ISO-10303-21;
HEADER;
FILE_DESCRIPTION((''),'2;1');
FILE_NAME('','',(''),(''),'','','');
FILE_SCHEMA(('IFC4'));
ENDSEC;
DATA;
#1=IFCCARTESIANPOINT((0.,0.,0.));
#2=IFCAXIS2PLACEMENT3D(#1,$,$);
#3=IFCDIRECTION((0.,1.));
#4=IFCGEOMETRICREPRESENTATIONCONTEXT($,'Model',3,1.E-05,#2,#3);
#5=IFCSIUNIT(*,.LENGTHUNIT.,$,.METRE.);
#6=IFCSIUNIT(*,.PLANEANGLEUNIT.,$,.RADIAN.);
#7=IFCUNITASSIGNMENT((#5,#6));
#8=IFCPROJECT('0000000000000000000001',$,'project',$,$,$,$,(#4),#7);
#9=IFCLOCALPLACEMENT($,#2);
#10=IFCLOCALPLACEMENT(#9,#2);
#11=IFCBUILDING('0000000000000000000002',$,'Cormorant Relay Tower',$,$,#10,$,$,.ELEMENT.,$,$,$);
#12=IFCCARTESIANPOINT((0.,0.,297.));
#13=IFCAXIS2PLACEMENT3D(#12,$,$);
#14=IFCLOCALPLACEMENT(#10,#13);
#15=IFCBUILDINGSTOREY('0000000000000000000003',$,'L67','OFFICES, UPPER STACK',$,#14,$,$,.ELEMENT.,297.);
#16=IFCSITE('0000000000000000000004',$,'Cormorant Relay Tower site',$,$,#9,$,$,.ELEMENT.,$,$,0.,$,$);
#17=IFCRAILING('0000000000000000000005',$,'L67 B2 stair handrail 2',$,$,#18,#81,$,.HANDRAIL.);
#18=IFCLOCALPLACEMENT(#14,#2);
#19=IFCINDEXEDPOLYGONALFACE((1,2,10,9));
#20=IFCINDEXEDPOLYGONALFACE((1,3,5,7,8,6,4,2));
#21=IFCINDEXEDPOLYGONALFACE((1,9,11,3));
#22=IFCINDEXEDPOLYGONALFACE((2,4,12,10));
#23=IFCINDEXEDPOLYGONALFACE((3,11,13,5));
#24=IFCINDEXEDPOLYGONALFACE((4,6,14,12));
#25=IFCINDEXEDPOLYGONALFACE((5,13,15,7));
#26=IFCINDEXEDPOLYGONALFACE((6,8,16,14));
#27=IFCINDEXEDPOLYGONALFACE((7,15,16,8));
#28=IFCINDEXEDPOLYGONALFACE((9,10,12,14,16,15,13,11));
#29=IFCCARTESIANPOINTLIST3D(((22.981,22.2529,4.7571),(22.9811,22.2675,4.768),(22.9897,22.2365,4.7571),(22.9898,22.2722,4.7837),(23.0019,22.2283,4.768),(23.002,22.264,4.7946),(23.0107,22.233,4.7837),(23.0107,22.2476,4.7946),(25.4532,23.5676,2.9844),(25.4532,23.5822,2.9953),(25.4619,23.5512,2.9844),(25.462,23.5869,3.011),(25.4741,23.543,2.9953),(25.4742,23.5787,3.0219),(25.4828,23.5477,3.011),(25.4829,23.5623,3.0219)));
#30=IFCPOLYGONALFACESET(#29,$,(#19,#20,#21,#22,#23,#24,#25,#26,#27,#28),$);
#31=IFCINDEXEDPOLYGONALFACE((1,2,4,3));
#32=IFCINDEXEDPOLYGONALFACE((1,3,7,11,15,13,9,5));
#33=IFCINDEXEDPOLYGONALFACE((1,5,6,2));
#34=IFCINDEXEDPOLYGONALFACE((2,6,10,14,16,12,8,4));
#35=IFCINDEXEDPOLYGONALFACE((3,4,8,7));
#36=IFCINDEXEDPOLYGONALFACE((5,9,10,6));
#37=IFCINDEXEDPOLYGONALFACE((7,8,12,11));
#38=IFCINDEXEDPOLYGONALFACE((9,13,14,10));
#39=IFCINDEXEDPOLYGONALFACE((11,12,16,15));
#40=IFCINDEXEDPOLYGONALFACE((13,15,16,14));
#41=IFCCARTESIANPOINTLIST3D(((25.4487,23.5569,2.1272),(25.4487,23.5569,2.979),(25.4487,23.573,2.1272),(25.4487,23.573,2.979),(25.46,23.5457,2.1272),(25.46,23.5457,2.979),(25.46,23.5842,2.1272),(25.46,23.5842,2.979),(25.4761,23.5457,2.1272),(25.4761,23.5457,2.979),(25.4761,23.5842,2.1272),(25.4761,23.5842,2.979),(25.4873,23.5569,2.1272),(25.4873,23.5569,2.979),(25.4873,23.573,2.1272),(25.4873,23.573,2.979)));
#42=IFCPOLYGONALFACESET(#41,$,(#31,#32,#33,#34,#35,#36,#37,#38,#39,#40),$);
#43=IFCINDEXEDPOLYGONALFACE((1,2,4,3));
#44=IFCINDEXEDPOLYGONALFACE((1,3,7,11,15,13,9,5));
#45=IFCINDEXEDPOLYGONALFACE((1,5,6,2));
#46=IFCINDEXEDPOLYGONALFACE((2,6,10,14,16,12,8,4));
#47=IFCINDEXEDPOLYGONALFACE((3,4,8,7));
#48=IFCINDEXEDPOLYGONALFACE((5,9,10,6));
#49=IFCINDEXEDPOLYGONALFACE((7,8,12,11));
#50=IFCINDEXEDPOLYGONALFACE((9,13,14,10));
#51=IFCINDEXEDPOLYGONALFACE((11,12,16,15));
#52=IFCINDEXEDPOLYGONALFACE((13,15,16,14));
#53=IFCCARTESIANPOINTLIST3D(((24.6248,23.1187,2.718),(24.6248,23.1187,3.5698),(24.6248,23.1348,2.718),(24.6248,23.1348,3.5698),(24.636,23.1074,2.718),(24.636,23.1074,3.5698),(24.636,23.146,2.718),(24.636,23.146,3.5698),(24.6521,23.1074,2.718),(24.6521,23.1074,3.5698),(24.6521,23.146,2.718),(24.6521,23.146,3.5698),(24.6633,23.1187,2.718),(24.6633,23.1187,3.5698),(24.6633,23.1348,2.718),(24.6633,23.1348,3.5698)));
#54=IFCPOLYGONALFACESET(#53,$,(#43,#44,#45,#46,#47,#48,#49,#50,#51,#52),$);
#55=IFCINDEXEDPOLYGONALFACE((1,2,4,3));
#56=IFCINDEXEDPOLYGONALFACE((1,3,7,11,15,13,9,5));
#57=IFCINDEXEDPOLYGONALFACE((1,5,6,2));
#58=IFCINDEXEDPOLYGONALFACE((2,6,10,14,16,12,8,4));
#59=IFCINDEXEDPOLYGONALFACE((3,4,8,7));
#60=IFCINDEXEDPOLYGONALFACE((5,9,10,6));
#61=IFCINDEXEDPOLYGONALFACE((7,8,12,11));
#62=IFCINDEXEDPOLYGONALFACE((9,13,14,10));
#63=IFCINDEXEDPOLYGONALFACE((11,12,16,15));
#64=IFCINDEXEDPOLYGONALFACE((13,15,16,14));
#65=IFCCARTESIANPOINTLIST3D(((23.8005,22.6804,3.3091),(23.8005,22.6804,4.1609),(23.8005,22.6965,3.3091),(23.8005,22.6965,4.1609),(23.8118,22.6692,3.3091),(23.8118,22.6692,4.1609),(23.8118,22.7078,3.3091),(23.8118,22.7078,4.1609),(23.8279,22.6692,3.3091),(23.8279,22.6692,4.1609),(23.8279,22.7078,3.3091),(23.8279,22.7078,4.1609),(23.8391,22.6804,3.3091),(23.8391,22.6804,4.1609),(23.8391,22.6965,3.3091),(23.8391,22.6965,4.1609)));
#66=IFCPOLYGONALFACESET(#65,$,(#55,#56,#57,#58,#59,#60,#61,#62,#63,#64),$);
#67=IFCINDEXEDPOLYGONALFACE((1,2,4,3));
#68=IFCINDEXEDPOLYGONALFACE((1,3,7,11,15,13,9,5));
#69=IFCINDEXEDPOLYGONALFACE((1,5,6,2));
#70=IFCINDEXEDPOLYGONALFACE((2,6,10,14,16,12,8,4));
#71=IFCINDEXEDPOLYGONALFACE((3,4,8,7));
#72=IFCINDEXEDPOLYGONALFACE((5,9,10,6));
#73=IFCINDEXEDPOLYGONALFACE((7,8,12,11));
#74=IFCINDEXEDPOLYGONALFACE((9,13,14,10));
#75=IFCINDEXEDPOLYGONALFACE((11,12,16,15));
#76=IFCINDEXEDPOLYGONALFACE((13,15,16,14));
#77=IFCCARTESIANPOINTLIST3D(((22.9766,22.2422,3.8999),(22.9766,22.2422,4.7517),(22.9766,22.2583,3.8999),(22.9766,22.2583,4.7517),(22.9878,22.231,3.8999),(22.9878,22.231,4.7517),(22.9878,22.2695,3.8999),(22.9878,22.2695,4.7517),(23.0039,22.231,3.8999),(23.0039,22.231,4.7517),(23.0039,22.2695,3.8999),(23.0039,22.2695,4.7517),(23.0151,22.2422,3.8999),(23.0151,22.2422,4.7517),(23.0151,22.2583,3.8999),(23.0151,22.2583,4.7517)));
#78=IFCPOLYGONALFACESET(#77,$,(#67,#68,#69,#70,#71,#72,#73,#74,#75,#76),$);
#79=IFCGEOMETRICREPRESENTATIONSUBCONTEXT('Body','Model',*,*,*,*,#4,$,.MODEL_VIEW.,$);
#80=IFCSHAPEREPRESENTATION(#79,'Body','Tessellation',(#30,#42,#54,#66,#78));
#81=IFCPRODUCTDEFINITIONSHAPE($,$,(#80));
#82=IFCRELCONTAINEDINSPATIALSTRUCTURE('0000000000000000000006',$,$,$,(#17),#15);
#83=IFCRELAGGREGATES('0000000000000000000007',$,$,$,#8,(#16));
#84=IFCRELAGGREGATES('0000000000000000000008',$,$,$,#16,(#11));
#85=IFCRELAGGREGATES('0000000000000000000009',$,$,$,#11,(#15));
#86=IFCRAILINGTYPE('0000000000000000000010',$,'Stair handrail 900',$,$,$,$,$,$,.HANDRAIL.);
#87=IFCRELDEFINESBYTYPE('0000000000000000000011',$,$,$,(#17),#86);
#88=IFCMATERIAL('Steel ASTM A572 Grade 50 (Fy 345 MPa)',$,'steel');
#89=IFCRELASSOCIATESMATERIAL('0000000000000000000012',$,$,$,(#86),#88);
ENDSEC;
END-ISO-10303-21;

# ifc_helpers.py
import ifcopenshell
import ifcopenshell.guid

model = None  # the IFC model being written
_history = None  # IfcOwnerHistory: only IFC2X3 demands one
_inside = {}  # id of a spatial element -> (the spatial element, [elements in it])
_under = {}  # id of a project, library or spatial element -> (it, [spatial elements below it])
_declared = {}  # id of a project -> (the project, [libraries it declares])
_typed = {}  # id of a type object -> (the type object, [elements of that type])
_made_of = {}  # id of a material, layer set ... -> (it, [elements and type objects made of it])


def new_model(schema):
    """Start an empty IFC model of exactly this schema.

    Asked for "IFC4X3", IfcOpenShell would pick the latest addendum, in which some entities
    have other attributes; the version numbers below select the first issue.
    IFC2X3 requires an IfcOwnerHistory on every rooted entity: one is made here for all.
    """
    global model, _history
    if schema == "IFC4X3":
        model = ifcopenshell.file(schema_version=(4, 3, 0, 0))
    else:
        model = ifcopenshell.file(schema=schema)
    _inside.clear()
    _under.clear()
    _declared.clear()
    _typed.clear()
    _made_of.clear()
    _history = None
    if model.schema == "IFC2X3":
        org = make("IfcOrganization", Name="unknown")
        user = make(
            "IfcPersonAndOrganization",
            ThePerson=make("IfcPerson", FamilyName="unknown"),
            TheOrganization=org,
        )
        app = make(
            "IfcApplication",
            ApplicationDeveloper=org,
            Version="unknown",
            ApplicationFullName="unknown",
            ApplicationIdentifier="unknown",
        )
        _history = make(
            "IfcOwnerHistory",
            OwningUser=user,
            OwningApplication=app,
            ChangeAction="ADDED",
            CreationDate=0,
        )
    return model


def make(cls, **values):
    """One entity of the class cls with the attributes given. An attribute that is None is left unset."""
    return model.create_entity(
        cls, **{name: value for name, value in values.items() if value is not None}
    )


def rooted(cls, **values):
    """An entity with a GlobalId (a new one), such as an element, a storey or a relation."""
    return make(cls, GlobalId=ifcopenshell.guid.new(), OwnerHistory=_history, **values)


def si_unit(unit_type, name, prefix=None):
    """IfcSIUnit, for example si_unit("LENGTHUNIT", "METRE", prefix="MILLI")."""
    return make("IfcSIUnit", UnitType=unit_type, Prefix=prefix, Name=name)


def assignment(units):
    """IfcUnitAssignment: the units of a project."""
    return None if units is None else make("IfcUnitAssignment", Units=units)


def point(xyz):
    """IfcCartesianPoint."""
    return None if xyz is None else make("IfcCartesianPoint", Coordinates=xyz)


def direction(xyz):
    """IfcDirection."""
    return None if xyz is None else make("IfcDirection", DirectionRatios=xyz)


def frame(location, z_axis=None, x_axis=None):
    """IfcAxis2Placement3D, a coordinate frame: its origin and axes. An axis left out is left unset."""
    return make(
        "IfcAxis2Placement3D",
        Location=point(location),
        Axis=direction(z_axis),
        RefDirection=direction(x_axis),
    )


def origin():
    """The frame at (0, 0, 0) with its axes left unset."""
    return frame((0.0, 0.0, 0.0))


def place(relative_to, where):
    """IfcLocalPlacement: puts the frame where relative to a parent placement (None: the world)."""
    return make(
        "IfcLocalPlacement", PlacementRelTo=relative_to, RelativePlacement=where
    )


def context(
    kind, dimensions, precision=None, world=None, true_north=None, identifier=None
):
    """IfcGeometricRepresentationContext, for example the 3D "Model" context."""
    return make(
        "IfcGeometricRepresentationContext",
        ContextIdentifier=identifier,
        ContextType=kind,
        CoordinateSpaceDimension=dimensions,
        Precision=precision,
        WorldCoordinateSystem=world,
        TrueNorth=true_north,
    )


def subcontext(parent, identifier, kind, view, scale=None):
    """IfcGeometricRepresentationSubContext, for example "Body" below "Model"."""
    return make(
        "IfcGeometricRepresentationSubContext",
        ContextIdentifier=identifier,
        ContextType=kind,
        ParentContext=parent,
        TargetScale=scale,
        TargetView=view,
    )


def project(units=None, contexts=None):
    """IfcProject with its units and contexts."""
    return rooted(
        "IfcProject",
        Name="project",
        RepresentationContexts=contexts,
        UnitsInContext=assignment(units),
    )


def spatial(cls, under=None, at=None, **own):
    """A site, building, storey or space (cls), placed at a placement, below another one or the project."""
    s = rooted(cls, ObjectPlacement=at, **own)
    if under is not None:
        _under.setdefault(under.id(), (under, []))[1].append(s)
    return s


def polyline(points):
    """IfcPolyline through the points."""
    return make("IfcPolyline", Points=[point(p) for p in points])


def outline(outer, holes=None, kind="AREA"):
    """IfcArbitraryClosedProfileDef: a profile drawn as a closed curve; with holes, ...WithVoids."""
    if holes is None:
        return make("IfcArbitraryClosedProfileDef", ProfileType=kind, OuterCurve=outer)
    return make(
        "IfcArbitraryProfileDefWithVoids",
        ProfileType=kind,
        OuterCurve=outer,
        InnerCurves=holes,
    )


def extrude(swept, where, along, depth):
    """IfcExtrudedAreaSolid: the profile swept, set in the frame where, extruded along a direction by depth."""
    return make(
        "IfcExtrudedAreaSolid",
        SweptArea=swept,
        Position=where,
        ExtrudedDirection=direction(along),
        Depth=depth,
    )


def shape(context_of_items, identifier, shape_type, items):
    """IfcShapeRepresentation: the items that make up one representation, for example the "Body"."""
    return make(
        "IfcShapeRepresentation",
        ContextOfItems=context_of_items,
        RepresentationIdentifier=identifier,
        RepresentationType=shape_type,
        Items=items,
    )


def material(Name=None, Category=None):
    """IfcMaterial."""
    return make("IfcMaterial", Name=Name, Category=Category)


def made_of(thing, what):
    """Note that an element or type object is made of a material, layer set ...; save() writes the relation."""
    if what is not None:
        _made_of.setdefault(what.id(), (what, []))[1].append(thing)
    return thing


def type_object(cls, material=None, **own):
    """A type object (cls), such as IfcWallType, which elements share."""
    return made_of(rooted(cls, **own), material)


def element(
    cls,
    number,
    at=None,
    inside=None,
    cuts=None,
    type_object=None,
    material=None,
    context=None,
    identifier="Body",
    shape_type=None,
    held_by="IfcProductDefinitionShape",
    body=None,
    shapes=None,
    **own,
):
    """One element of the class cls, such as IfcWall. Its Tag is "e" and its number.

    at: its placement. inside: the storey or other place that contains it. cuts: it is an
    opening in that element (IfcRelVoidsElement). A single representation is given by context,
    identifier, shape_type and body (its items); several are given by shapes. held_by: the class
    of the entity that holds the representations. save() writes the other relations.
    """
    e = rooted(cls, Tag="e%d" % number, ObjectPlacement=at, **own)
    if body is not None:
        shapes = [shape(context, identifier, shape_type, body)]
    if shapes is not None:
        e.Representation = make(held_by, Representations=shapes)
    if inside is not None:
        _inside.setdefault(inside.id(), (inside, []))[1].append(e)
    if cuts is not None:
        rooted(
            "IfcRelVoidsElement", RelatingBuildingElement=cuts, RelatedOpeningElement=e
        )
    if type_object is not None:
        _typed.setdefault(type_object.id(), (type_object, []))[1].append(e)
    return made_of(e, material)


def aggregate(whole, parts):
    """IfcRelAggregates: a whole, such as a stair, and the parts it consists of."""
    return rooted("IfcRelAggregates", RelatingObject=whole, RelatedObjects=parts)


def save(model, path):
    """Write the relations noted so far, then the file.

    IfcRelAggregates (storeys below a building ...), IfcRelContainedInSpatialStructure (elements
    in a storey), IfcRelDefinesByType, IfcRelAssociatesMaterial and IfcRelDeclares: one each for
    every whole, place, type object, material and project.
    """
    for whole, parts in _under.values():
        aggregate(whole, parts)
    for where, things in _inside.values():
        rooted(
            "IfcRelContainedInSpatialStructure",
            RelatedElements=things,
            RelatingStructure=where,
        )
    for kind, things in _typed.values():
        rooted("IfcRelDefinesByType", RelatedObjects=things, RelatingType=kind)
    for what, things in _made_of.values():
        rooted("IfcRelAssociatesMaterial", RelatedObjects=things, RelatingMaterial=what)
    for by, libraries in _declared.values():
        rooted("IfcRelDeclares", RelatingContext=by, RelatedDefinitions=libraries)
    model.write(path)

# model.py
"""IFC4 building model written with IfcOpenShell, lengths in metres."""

from ifc_helpers import new_model, si_unit, direction, frame, origin, place, context, subcontext, project, spatial, polyline, outline, extrude, material, type_object, element, save


model = new_model("IFC4")

# Units and contexts
model_context = context("Model", 3, precision=1e-05, world=origin(), true_north=direction((0.0, 1.0)))
body_context = subcontext(model_context, "Body", "Model", "MODEL_VIEW")
ifc_project = project(units=[si_unit("LENGTHUNIT", "METRE"), si_unit("PLANEANGLEUNIT", "RADIAN")], contexts=[model_context])

# Site, building, storey
site_placement = place(None, origin())
site = spatial("IfcSite", under=ifc_project, at=site_placement, Name="Cormorant Relay Tower site", CompositionType="ELEMENT", RefElevation=0.0)
building_placement = place(site_placement, origin())
building = spatial("IfcBuilding", under=site, at=building_placement, Name="Cormorant Relay Tower", CompositionType="ELEMENT")
storey_placement = place(building_placement, frame((0.0, 0.0, 297.0)))
storey = spatial("IfcBuildingStorey", under=building, at=storey_placement, Name="L67", Description="OFFICES, UPPER STACK", CompositionType="ELEMENT", Elevation=297.0)

# Railing
ifc_material_1 = material(Name="Steel ASTM A572 Grade 50 (Fy 345 MPa)", Category="steel")
railing_type_1 = type_object("IfcRailingType", Name="Stair handrail 900", PredefinedType="HANDRAIL", material=ifc_material_1)
railing_1_placement = place(storey_placement, frame((25.468, 23.5649, 2.1272)))
element("IfcRailing", 1, at=railing_1_placement, inside=storey, type_object=railing_type_1, Name="L67 B2 stair handrail 2", PredefinedType="HANDRAIL", context=body_context, shape_type="SweptSolid", body=[
    extrude(outline(polyline([(0.0222, 0.0093), (0.0093, 0.0222), (-0.0093, 0.0222), (-0.0222, 0.0093), (-0.0222, -0.0093), (-0.0093, -0.0222), (0.0093, -0.0222), (0.0222, -0.0093), (0.0222, 0.0093)])), frame((0.0, 0.0, 0.876), z_axis=(-0.745979, -0.396711, 0.534916), x_axis=(0.469533, -0.882915, 0.0)), (0.0, 0.0, 1.0), 3.314),
    extrude(outline(polyline([(0.0193, 0.0081), (0.0081, 0.0193), (-0.0081, 0.0193), (-0.0193, 0.0081), (-0.0193, -0.0081), (-0.0081, -0.0193), (0.0081, -0.0193), (0.0193, -0.0081), (0.0193, 0.0081)])), origin(), (0.0, 0.0, 1.0), 0.8518),
    extrude(outline(polyline([(0.0193, 0.0081), (0.0081, 0.0193), (-0.0081, 0.0193), (-0.0193, 0.0081), (-0.0193, -0.0081), (-0.0081, -0.0193), (0.0081, -0.0193), (0.0193, -0.0081), (0.0193, 0.0081)])), frame((-0.824, -0.4382, 0.5908)), (0.0, 0.0, 1.0), 0.8518),
    extrude(outline(polyline([(0.0193, 0.0081), (0.0081, 0.0193), (-0.0081, 0.0193), (-0.0193, 0.0081), (-0.0193, -0.0081), (-0.0081, -0.0193), (0.0081, -0.0193), (0.0193, -0.0081), (0.0193, 0.0081)])), frame((-1.6482, -0.8765, 1.1819)), (0.0, 0.0, 1.0), 0.8518),
    extrude(outline(polyline([(0.0193, 0.0081), (0.0081, 0.0193), (-0.0081, 0.0193), (-0.0193, 0.0081), (-0.0193, -0.0081), (-0.0081, -0.0193), (0.0081, -0.0193), (0.0193, -0.0081), (0.0193, 0.0081)])), frame((-2.4722, -1.3147, 1.7727)), (0.0, 0.0, 1.0), 0.8518),
])

save(model, "model.ifc")
